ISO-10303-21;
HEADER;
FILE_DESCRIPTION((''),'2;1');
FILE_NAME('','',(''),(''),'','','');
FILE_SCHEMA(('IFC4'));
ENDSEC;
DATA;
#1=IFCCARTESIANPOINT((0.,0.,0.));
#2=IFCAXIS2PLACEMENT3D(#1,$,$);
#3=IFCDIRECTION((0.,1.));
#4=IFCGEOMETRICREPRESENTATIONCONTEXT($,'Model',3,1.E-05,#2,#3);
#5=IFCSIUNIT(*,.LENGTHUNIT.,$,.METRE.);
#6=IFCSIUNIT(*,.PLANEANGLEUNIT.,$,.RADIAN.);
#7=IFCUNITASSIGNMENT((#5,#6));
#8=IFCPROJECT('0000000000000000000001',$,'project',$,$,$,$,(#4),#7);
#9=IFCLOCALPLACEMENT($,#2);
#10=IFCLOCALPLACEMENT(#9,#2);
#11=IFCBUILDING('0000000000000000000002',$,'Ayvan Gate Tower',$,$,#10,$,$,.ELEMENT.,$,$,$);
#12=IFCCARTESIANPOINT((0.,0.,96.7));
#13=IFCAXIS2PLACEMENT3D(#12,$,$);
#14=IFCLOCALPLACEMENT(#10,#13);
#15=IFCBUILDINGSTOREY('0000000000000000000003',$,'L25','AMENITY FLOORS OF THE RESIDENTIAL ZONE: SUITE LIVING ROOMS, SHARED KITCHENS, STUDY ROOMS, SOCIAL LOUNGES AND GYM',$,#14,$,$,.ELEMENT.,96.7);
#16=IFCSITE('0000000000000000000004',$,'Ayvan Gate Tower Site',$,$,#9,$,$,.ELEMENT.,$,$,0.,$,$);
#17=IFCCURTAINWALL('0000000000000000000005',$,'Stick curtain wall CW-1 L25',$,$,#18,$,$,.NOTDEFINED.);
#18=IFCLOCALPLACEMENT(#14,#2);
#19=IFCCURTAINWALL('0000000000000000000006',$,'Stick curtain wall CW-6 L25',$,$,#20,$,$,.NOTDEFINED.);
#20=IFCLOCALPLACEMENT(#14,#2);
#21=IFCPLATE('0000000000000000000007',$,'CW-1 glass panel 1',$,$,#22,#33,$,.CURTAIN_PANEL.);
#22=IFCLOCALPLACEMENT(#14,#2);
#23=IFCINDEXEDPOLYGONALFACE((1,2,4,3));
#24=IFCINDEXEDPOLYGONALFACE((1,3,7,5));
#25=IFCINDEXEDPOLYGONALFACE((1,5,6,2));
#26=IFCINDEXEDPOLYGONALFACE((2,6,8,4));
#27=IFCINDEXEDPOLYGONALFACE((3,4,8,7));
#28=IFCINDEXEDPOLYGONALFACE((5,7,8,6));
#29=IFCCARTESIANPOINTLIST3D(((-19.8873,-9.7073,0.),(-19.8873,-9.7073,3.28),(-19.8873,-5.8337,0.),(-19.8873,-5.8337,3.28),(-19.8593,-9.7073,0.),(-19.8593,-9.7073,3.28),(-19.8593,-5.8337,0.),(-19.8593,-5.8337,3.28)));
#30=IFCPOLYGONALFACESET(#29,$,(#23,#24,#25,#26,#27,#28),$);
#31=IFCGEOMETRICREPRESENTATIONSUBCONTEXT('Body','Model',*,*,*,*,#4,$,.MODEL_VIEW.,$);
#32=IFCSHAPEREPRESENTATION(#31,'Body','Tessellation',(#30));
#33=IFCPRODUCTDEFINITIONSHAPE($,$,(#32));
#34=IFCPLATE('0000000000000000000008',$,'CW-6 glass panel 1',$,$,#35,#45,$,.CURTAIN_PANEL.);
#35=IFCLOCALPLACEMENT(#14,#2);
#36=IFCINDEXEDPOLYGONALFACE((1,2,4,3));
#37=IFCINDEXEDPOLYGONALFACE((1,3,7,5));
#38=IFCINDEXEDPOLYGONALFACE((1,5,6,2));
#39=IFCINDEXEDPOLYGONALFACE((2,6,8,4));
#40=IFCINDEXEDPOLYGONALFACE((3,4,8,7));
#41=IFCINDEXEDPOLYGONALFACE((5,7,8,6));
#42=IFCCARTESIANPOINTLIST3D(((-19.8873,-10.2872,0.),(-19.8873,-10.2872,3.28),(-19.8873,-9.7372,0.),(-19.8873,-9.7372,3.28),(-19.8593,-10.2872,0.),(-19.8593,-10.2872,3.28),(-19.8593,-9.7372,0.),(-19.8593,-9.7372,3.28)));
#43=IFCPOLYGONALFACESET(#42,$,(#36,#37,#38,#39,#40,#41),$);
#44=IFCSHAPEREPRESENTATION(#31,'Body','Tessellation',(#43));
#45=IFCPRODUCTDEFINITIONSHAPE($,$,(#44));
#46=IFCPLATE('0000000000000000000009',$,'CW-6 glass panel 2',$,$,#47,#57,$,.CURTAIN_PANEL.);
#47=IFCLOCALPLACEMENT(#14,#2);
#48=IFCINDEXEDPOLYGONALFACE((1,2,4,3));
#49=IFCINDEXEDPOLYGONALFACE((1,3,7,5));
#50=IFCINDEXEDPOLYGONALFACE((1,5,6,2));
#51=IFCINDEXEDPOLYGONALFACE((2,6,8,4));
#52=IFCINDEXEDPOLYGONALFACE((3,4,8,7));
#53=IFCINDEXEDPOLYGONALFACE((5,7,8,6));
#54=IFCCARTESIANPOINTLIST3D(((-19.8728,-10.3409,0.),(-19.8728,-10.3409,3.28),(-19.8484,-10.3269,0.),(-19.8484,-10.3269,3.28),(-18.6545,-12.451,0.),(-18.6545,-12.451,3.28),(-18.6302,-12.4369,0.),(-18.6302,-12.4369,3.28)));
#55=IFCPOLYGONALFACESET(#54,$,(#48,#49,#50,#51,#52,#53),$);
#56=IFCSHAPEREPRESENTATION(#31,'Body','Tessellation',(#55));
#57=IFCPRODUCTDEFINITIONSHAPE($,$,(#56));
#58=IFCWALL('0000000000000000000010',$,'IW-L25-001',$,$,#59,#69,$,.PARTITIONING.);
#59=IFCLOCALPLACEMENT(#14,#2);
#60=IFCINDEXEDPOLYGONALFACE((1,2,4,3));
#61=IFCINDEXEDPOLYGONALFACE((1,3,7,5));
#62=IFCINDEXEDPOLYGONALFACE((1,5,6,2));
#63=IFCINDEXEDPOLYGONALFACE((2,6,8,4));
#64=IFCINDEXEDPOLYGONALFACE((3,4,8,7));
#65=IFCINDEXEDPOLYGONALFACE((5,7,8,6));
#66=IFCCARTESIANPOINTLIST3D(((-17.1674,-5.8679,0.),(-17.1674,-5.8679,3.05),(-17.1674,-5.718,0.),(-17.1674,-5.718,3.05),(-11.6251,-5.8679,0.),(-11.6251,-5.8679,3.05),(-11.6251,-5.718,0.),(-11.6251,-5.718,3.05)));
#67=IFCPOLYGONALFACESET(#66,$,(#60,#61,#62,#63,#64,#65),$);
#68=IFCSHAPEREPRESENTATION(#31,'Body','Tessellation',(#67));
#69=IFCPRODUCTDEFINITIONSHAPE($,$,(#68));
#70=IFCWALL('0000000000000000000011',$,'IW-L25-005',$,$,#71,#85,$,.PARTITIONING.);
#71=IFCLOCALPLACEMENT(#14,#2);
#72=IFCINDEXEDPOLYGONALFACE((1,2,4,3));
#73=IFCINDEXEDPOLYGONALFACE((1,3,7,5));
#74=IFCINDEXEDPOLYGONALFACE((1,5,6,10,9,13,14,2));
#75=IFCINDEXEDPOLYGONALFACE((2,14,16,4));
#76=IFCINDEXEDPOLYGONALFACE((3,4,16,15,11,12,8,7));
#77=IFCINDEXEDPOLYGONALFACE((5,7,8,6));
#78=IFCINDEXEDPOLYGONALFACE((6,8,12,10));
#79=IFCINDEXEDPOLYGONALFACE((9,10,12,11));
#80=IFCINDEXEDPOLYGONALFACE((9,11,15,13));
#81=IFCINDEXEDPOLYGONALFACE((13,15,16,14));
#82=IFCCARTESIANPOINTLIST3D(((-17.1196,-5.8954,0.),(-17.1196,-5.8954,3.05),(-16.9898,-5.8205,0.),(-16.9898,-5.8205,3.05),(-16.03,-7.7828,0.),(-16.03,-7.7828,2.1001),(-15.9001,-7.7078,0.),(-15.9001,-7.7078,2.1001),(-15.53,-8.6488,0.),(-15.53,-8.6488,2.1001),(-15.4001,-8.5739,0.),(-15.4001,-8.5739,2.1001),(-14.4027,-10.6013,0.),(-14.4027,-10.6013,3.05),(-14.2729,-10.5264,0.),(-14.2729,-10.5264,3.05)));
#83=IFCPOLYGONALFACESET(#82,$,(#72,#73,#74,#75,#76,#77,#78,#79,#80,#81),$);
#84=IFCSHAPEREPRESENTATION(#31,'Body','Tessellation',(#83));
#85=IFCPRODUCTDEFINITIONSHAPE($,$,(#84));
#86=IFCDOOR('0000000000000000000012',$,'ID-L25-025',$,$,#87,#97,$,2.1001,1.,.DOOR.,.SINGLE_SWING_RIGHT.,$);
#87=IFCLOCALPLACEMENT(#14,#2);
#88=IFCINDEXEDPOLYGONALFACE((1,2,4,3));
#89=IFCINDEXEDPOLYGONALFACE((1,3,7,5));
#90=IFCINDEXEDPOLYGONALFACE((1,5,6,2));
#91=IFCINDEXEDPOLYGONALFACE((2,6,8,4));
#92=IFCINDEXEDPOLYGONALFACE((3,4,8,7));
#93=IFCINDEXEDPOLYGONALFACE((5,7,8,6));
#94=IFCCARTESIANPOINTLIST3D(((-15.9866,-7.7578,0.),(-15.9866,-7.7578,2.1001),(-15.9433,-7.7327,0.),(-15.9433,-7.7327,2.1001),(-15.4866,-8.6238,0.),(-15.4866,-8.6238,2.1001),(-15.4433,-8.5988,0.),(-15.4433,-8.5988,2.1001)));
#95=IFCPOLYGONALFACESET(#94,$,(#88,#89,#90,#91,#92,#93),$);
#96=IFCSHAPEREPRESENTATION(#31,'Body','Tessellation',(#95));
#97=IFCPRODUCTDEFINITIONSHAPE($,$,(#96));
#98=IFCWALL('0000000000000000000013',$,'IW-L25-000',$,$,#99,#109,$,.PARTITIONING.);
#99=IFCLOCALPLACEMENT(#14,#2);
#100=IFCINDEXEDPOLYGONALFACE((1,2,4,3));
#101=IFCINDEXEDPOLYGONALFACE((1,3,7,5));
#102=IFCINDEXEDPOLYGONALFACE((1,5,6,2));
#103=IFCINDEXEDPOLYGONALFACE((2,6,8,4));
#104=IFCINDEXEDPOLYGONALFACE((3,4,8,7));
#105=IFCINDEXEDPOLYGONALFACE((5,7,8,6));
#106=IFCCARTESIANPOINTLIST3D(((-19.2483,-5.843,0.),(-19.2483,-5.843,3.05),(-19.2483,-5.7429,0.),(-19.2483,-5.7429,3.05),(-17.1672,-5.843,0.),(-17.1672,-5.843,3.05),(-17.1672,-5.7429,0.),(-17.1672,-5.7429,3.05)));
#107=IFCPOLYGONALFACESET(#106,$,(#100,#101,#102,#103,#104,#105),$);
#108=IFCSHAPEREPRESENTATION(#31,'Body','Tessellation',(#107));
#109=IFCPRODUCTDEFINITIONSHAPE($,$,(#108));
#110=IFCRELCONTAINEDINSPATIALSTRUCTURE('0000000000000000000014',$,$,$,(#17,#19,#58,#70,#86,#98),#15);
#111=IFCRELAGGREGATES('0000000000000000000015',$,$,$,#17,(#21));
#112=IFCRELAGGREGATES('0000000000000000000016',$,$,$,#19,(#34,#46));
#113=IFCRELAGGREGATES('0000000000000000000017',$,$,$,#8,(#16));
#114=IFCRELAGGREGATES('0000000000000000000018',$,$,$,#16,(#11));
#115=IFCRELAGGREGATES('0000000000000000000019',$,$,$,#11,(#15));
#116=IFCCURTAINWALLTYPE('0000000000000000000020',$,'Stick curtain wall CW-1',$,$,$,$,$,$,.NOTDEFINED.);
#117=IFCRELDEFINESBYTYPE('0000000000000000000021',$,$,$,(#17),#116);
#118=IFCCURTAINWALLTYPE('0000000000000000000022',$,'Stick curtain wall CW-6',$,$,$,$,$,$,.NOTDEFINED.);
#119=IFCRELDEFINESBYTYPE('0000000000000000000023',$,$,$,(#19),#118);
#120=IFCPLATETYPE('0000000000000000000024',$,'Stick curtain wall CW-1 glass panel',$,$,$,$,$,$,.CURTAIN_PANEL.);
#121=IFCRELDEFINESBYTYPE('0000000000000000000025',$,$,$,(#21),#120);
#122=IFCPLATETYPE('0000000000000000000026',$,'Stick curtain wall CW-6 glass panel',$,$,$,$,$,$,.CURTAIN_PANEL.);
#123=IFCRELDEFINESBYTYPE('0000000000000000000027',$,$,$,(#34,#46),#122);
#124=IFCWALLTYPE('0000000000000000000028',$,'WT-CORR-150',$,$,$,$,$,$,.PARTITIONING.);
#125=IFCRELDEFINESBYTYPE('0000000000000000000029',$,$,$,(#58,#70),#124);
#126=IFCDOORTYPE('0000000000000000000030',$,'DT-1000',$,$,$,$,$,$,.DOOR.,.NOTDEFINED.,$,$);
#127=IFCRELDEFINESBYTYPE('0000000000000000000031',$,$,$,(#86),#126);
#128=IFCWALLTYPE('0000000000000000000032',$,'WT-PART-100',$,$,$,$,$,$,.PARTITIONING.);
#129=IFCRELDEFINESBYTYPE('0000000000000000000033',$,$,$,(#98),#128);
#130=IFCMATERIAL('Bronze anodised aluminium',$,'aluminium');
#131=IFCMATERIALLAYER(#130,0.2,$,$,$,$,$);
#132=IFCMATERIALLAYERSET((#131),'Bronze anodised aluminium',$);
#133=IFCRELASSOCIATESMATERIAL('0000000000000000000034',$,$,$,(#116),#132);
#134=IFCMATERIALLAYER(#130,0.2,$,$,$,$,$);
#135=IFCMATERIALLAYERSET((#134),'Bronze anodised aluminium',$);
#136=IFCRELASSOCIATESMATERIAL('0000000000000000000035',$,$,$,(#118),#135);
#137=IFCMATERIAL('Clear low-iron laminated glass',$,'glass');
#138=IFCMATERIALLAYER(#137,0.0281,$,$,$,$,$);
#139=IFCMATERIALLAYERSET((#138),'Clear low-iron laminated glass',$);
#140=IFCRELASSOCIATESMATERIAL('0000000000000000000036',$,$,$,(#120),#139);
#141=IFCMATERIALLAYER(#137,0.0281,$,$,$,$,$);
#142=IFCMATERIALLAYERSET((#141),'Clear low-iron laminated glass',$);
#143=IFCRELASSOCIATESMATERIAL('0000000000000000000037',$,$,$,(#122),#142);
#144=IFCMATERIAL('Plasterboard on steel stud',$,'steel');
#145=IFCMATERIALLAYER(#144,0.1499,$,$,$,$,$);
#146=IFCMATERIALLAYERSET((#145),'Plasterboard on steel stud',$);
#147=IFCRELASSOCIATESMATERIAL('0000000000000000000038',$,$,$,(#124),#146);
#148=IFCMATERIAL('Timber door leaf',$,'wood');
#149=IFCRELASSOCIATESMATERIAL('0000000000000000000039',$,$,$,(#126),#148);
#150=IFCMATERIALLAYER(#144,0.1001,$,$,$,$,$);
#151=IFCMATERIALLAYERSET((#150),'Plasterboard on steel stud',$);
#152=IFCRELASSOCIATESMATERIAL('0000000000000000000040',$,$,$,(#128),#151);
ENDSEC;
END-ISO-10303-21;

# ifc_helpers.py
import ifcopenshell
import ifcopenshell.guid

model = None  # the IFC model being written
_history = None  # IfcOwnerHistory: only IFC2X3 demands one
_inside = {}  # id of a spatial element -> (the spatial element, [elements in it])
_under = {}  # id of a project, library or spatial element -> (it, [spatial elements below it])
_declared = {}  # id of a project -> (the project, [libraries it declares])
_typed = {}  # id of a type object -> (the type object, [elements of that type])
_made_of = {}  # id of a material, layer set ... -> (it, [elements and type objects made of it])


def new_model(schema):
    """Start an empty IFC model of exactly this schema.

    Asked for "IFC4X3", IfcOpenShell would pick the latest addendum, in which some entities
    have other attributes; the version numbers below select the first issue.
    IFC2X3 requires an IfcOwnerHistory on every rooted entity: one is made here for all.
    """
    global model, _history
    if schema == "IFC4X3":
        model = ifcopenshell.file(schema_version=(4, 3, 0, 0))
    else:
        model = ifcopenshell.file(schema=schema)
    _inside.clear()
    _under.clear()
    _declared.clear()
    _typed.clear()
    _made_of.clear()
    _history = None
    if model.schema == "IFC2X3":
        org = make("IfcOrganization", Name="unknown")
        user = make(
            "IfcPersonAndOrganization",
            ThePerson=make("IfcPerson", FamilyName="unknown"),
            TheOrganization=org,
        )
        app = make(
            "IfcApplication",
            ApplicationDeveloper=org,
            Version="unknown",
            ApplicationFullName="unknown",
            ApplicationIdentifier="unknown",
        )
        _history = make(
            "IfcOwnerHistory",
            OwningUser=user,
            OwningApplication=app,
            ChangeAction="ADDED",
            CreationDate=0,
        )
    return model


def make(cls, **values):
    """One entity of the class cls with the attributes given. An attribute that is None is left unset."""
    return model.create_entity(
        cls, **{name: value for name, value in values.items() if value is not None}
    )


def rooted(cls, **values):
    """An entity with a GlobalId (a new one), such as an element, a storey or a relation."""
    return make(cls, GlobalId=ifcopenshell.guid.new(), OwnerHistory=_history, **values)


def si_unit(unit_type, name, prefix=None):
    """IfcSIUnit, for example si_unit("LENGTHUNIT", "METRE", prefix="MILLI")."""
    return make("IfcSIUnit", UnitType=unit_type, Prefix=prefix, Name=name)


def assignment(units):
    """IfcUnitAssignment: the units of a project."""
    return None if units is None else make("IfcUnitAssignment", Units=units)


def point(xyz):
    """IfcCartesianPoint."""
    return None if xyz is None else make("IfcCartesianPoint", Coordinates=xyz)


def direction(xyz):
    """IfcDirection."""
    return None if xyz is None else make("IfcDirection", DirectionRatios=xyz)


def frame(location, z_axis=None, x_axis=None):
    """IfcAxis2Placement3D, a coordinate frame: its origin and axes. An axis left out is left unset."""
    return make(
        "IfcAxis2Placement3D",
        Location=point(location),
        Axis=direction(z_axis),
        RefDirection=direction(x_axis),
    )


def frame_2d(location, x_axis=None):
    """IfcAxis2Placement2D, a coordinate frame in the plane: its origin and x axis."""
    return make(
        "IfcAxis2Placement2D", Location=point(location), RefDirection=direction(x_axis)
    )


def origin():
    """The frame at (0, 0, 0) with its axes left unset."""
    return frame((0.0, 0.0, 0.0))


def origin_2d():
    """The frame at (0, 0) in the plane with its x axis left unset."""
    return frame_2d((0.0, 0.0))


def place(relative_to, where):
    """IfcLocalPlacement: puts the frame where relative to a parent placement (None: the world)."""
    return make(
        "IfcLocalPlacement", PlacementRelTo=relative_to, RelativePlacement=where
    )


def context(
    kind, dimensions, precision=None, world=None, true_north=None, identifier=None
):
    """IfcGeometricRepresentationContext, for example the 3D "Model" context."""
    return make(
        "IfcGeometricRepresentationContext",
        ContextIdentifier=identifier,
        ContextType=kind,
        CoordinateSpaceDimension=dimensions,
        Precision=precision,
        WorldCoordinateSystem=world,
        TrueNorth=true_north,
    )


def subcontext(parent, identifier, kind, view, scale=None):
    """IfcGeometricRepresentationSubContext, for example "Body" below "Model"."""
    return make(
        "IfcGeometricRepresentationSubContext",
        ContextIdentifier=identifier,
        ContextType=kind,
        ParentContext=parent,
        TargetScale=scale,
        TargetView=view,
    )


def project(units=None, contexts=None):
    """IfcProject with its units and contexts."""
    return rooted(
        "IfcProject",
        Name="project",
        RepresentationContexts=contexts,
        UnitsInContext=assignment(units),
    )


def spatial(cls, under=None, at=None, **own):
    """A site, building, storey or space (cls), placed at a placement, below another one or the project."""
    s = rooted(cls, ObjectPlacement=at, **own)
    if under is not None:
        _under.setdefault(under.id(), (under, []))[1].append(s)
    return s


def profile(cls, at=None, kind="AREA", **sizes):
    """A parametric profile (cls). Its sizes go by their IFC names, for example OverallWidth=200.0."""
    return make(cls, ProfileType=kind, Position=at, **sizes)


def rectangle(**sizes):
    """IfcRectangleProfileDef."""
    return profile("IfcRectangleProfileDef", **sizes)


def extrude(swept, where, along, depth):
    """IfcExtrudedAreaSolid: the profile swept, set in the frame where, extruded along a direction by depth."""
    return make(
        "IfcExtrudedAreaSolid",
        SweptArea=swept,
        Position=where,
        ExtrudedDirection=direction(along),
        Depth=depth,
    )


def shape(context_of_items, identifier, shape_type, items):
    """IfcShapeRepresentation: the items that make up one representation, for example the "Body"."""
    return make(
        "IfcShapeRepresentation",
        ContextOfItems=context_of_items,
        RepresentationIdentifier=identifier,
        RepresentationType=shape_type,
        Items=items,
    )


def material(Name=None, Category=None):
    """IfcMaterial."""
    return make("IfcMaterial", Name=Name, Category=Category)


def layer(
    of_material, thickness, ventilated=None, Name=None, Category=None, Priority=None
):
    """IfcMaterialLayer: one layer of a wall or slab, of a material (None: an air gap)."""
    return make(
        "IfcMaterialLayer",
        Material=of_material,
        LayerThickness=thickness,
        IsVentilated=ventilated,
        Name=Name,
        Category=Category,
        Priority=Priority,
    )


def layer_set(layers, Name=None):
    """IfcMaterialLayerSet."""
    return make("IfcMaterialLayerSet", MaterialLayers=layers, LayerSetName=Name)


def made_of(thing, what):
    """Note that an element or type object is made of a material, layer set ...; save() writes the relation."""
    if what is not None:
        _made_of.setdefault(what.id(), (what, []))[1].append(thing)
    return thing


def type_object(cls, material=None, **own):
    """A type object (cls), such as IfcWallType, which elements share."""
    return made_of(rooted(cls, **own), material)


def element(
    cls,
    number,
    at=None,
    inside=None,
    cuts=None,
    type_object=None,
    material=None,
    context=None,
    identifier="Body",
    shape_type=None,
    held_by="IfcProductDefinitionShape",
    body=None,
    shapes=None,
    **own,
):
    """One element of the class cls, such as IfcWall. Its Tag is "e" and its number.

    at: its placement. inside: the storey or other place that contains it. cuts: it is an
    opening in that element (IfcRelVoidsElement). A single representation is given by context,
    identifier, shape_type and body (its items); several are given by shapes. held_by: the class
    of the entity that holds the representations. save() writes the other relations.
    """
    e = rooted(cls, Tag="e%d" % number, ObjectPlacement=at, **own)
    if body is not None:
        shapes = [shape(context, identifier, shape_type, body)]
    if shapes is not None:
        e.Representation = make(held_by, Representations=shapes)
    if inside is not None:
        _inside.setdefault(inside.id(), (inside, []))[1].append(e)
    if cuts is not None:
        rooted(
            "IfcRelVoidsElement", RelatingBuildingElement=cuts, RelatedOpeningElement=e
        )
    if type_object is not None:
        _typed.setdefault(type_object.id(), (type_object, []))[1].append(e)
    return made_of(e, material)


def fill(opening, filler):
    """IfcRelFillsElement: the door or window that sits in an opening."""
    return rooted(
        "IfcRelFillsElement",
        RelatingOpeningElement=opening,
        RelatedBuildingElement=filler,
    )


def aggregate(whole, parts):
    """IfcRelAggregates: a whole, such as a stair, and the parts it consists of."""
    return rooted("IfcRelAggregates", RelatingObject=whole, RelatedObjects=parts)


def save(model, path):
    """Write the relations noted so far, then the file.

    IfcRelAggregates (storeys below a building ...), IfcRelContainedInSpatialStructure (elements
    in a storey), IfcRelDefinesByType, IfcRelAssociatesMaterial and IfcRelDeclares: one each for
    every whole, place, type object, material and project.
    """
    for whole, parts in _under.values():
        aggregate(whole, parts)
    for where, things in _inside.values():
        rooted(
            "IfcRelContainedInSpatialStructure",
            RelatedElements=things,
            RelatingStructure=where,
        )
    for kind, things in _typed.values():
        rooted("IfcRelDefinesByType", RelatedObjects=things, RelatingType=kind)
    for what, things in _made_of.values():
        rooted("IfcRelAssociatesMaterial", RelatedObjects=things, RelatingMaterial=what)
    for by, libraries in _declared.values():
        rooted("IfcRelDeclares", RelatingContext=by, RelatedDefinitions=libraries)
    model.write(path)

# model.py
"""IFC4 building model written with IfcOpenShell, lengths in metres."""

from ifc_helpers import new_model, si_unit, direction, frame, frame_2d, origin, origin_2d, place, context, subcontext, project, spatial, rectangle, extrude, material, layer, layer_set, type_object, element, fill, aggregate, save


model = new_model("IFC4")

# Units and contexts
model_context = context("Model", 3, precision=1e-05, world=origin(), true_north=direction((0.0, 1.0)))
body_context = subcontext(model_context, "Body", "Model", "MODEL_VIEW")
ifc_project = project(units=[si_unit("LENGTHUNIT", "METRE"), si_unit("PLANEANGLEUNIT", "RADIAN")], contexts=[model_context])

# Site, building, storey
site_placement = place(None, origin())
site = spatial("IfcSite", under=ifc_project, at=site_placement, Name="Ayvan Gate Tower Site", CompositionType="ELEMENT", RefElevation=0.0)
building_placement = place(site_placement, origin())
building = spatial("IfcBuilding", under=site, at=building_placement, Name="Ayvan Gate Tower", CompositionType="ELEMENT")
storey_placement = place(building_placement, frame((0.0, 0.0, 96.7)))
storey = spatial("IfcBuildingStorey", under=building, at=storey_placement, Name="L25", Description="AMENITY FLOORS OF THE RESIDENTIAL ZONE: SUITE LIVING ROOMS, SHARED KITCHENS, STUDY ROOMS, SOCIAL LOUNGES AND GYM", CompositionType="ELEMENT", Elevation=96.7)

# Shared definitions
ifc_material_1 = material(Name="Bronze anodised aluminium", Category="aluminium")
ifc_layer_1 = layer(ifc_material_1, 0.2)
ifc_layer_set_1 = layer_set([ifc_layer_1], Name="Bronze anodised aluminium")
curtain_wall_type_1 = type_object("IfcCurtainWallType", Name="Stick curtain wall CW-1", PredefinedType="NOTDEFINED", material=ifc_layer_set_1)

# Curtain walls
curtain_wall_1_placement = place(storey_placement, origin())
curtain_wall_1 = element("IfcCurtainWall", 1, at=curtain_wall_1_placement, inside=storey, type_object=curtain_wall_type_1, Name="Stick curtain wall CW-1 L25", PredefinedType="NOTDEFINED")
ifc_layer_2 = layer(ifc_material_1, 0.2)
ifc_layer_set_2 = layer_set([ifc_layer_2], Name="Bronze anodised aluminium")
curtain_wall_type_2 = type_object("IfcCurtainWallType", Name="Stick curtain wall CW-6", PredefinedType="NOTDEFINED", material=ifc_layer_set_2)
curtain_wall_2_placement = place(storey_placement, origin())
curtain_wall_2 = element("IfcCurtainWall", 2, at=curtain_wall_2_placement, inside=storey, type_object=curtain_wall_type_2, Name="Stick curtain wall CW-6 L25", PredefinedType="NOTDEFINED")

# Plates
ifc_material_2 = material(Name="Clear low-iron laminated glass", Category="glass")
ifc_layer_3 = layer(ifc_material_2, 0.0281)
ifc_layer_set_3 = layer_set([ifc_layer_3], Name="Clear low-iron laminated glass")
plate_type_1 = type_object("IfcPlateType", Name="Stick curtain wall CW-1 glass panel", PredefinedType="CURTAIN_PANEL", material=ifc_layer_set_3)
plate_1_placement = place(storey_placement, frame((-19.8733, -7.7705, 0.0), z_axis=(0.0, 0.0, 1.0), x_axis=(0.0, -1.0, 0.0)))
plate_1 = element("IfcPlate", 3, at=plate_1_placement, type_object=plate_type_1, Name="CW-1 glass panel 1", PredefinedType="CURTAIN_PANEL", context=body_context, shape_type="SweptSolid", body=[
    extrude(rectangle(XDim=3.8735, YDim=0.0281, at=origin_2d()), origin(), (0.0, 0.0, 1.0), 3.28),
])
aggregate(curtain_wall_1, [plate_1])
ifc_layer_4 = layer(ifc_material_2, 0.0281)
ifc_layer_set_4 = layer_set([ifc_layer_4], Name="Clear low-iron laminated glass")
plate_type_2 = type_object("IfcPlateType", Name="Stick curtain wall CW-6 glass panel", PredefinedType="CURTAIN_PANEL", material=ifc_layer_set_4)
plate_2_placement = place(storey_placement, frame((-19.8733, -10.0122, 0.0), z_axis=(0.0, 0.0, 1.0), x_axis=(0.0, -1.0, 0.0)))
plate_2 = element("IfcPlate", 4, at=plate_2_placement, type_object=plate_type_2, Name="CW-6 glass panel 1", PredefinedType="CURTAIN_PANEL", context=body_context, shape_type="SweptSolid", body=[
    extrude(rectangle(XDim=0.55, YDim=0.0281, at=origin_2d()), origin(), (0.0, 0.0, 1.0), 3.28),
])
plate_3_placement = place(storey_placement, frame((-19.2515, -11.3889, 0.0), z_axis=(0.0, 0.0, 1.0), x_axis=(0.5, -0.866025, 0.0)))
plate_3 = element("IfcPlate", 5, at=plate_3_placement, type_object=plate_type_2, Name="CW-6 glass panel 2", PredefinedType="CURTAIN_PANEL", context=body_context, shape_type="SweptSolid", body=[
    extrude(rectangle(XDim=2.4365, YDim=0.0281, at=origin_2d()), origin(), (0.0, 0.0, 1.0), 3.28),
])
aggregate(curtain_wall_2, [plate_2, plate_3])

# Wall
ifc_material_3 = material(Name="Plasterboard on steel stud", Category="steel")
ifc_layer_5 = layer(ifc_material_3, 0.1499)
ifc_layer_set_5 = layer_set([ifc_layer_5], Name="Plasterboard on steel stud")
wall_type_1 = type_object("IfcWallType", Name="WT-CORR-150", PredefinedType="PARTITIONING", material=ifc_layer_set_5)
wall_1_placement = place(storey_placement, frame((-17.1672, -5.793, 0.0), z_axis=(0.0, 0.0, 1.0), x_axis=(1.0, 0.0, 0.0)))
element("IfcWall", 6, at=wall_1_placement, inside=storey, type_object=wall_type_1, Name="IW-L25-001", PredefinedType="PARTITIONING", context=body_context, shape_type="SweptSolid", body=[
    extrude(rectangle(XDim=5.5422, YDim=0.1499, at=frame_2d((2.771, 0.0))), origin(), (0.0, 0.0, 1.0), 3.05),
])

# Wall, opening, door
wall_2_placement = place(storey_placement, frame((-14.3379, -10.5637, 0.0), z_axis=(0.0, 0.0, 1.0), x_axis=(-0.499986, 0.866034, 0.0)))
wall_2 = element("IfcWall", 7, at=wall_2_placement, inside=storey, type_object=wall_type_1, Name="IW-L25-005", PredefinedType="PARTITIONING", context=body_context, shape_type="SweptSolid", body=[
    extrude(rectangle(XDim=5.4338, YDim=0.1499, at=frame_2d((2.7168, 0.0))), origin(), (0.0, 0.0, 1.0), 3.05),
])
opening_1_placement = place(wall_2_placement, frame((2.2544, 0.0, 0.0)))
opening_1 = element("IfcOpeningElement", 8, at=opening_1_placement, cuts=wall_2, PredefinedType="OPENING", context=body_context, shape_type="SweptSolid", body=[
    extrude(rectangle(XDim=1.0, YDim=2.1001, at=frame_2d((0.5, 1.05))), frame((0.0, 0.085, 0.0), z_axis=(0.0, -1.0, 0.0), x_axis=(1.0, 0.0, 0.0)), (0.0, 0.0, 1.0), 0.1699),
])
ifc_material_4 = material(Name="Timber door leaf", Category="wood")
door_type_1 = type_object("IfcDoorType", Name="DT-1000", OperationType="NOTDEFINED", PredefinedType="DOOR", material=ifc_material_4)
door_1_placement = place(opening_1_placement, origin())
door_1 = element("IfcDoor", 9, at=door_1_placement, inside=storey, type_object=door_type_1, Name="ID-L25-025", OperationType="SINGLE_SWING_RIGHT", OverallHeight=2.1001, OverallWidth=1.0, PredefinedType="DOOR", context=body_context, shape_type="SweptSolid", body=[
    extrude(rectangle(XDim=1.0, YDim=2.1001, at=frame_2d((0.5, 1.05))), frame((0.0, 0.0249, 0.0), z_axis=(0.0, -1.0, 0.0), x_axis=(1.0, 0.0, 0.0)), (0.0, 0.0, 1.0), 0.05),
])
fill(opening_1, door_1)

# Wall
ifc_layer_6 = layer(ifc_material_3, 0.1001)
ifc_layer_set_6 = layer_set([ifc_layer_6], Name="Plasterboard on steel stud")
wall_type_2 = type_object("IfcWallType", Name="WT-PART-100", PredefinedType="PARTITIONING", material=ifc_layer_set_6)
wall_3_placement = place(storey_placement, frame((-17.1672, -5.793, 0.0), z_axis=(0.0, 0.0, 1.0), x_axis=(-1.0, 0.0, 0.0)))
element("IfcWall", 10, at=wall_3_placement, inside=storey, type_object=wall_type_2, Name="IW-L25-000", PredefinedType="PARTITIONING", context=body_context, shape_type="SweptSolid", body=[
    extrude(rectangle(XDim=2.0811, YDim=0.1001, at=frame_2d((1.0405, 0.0))), origin(), (0.0, 0.0, 1.0), 3.05),
])

save(model, "model.ifc")
